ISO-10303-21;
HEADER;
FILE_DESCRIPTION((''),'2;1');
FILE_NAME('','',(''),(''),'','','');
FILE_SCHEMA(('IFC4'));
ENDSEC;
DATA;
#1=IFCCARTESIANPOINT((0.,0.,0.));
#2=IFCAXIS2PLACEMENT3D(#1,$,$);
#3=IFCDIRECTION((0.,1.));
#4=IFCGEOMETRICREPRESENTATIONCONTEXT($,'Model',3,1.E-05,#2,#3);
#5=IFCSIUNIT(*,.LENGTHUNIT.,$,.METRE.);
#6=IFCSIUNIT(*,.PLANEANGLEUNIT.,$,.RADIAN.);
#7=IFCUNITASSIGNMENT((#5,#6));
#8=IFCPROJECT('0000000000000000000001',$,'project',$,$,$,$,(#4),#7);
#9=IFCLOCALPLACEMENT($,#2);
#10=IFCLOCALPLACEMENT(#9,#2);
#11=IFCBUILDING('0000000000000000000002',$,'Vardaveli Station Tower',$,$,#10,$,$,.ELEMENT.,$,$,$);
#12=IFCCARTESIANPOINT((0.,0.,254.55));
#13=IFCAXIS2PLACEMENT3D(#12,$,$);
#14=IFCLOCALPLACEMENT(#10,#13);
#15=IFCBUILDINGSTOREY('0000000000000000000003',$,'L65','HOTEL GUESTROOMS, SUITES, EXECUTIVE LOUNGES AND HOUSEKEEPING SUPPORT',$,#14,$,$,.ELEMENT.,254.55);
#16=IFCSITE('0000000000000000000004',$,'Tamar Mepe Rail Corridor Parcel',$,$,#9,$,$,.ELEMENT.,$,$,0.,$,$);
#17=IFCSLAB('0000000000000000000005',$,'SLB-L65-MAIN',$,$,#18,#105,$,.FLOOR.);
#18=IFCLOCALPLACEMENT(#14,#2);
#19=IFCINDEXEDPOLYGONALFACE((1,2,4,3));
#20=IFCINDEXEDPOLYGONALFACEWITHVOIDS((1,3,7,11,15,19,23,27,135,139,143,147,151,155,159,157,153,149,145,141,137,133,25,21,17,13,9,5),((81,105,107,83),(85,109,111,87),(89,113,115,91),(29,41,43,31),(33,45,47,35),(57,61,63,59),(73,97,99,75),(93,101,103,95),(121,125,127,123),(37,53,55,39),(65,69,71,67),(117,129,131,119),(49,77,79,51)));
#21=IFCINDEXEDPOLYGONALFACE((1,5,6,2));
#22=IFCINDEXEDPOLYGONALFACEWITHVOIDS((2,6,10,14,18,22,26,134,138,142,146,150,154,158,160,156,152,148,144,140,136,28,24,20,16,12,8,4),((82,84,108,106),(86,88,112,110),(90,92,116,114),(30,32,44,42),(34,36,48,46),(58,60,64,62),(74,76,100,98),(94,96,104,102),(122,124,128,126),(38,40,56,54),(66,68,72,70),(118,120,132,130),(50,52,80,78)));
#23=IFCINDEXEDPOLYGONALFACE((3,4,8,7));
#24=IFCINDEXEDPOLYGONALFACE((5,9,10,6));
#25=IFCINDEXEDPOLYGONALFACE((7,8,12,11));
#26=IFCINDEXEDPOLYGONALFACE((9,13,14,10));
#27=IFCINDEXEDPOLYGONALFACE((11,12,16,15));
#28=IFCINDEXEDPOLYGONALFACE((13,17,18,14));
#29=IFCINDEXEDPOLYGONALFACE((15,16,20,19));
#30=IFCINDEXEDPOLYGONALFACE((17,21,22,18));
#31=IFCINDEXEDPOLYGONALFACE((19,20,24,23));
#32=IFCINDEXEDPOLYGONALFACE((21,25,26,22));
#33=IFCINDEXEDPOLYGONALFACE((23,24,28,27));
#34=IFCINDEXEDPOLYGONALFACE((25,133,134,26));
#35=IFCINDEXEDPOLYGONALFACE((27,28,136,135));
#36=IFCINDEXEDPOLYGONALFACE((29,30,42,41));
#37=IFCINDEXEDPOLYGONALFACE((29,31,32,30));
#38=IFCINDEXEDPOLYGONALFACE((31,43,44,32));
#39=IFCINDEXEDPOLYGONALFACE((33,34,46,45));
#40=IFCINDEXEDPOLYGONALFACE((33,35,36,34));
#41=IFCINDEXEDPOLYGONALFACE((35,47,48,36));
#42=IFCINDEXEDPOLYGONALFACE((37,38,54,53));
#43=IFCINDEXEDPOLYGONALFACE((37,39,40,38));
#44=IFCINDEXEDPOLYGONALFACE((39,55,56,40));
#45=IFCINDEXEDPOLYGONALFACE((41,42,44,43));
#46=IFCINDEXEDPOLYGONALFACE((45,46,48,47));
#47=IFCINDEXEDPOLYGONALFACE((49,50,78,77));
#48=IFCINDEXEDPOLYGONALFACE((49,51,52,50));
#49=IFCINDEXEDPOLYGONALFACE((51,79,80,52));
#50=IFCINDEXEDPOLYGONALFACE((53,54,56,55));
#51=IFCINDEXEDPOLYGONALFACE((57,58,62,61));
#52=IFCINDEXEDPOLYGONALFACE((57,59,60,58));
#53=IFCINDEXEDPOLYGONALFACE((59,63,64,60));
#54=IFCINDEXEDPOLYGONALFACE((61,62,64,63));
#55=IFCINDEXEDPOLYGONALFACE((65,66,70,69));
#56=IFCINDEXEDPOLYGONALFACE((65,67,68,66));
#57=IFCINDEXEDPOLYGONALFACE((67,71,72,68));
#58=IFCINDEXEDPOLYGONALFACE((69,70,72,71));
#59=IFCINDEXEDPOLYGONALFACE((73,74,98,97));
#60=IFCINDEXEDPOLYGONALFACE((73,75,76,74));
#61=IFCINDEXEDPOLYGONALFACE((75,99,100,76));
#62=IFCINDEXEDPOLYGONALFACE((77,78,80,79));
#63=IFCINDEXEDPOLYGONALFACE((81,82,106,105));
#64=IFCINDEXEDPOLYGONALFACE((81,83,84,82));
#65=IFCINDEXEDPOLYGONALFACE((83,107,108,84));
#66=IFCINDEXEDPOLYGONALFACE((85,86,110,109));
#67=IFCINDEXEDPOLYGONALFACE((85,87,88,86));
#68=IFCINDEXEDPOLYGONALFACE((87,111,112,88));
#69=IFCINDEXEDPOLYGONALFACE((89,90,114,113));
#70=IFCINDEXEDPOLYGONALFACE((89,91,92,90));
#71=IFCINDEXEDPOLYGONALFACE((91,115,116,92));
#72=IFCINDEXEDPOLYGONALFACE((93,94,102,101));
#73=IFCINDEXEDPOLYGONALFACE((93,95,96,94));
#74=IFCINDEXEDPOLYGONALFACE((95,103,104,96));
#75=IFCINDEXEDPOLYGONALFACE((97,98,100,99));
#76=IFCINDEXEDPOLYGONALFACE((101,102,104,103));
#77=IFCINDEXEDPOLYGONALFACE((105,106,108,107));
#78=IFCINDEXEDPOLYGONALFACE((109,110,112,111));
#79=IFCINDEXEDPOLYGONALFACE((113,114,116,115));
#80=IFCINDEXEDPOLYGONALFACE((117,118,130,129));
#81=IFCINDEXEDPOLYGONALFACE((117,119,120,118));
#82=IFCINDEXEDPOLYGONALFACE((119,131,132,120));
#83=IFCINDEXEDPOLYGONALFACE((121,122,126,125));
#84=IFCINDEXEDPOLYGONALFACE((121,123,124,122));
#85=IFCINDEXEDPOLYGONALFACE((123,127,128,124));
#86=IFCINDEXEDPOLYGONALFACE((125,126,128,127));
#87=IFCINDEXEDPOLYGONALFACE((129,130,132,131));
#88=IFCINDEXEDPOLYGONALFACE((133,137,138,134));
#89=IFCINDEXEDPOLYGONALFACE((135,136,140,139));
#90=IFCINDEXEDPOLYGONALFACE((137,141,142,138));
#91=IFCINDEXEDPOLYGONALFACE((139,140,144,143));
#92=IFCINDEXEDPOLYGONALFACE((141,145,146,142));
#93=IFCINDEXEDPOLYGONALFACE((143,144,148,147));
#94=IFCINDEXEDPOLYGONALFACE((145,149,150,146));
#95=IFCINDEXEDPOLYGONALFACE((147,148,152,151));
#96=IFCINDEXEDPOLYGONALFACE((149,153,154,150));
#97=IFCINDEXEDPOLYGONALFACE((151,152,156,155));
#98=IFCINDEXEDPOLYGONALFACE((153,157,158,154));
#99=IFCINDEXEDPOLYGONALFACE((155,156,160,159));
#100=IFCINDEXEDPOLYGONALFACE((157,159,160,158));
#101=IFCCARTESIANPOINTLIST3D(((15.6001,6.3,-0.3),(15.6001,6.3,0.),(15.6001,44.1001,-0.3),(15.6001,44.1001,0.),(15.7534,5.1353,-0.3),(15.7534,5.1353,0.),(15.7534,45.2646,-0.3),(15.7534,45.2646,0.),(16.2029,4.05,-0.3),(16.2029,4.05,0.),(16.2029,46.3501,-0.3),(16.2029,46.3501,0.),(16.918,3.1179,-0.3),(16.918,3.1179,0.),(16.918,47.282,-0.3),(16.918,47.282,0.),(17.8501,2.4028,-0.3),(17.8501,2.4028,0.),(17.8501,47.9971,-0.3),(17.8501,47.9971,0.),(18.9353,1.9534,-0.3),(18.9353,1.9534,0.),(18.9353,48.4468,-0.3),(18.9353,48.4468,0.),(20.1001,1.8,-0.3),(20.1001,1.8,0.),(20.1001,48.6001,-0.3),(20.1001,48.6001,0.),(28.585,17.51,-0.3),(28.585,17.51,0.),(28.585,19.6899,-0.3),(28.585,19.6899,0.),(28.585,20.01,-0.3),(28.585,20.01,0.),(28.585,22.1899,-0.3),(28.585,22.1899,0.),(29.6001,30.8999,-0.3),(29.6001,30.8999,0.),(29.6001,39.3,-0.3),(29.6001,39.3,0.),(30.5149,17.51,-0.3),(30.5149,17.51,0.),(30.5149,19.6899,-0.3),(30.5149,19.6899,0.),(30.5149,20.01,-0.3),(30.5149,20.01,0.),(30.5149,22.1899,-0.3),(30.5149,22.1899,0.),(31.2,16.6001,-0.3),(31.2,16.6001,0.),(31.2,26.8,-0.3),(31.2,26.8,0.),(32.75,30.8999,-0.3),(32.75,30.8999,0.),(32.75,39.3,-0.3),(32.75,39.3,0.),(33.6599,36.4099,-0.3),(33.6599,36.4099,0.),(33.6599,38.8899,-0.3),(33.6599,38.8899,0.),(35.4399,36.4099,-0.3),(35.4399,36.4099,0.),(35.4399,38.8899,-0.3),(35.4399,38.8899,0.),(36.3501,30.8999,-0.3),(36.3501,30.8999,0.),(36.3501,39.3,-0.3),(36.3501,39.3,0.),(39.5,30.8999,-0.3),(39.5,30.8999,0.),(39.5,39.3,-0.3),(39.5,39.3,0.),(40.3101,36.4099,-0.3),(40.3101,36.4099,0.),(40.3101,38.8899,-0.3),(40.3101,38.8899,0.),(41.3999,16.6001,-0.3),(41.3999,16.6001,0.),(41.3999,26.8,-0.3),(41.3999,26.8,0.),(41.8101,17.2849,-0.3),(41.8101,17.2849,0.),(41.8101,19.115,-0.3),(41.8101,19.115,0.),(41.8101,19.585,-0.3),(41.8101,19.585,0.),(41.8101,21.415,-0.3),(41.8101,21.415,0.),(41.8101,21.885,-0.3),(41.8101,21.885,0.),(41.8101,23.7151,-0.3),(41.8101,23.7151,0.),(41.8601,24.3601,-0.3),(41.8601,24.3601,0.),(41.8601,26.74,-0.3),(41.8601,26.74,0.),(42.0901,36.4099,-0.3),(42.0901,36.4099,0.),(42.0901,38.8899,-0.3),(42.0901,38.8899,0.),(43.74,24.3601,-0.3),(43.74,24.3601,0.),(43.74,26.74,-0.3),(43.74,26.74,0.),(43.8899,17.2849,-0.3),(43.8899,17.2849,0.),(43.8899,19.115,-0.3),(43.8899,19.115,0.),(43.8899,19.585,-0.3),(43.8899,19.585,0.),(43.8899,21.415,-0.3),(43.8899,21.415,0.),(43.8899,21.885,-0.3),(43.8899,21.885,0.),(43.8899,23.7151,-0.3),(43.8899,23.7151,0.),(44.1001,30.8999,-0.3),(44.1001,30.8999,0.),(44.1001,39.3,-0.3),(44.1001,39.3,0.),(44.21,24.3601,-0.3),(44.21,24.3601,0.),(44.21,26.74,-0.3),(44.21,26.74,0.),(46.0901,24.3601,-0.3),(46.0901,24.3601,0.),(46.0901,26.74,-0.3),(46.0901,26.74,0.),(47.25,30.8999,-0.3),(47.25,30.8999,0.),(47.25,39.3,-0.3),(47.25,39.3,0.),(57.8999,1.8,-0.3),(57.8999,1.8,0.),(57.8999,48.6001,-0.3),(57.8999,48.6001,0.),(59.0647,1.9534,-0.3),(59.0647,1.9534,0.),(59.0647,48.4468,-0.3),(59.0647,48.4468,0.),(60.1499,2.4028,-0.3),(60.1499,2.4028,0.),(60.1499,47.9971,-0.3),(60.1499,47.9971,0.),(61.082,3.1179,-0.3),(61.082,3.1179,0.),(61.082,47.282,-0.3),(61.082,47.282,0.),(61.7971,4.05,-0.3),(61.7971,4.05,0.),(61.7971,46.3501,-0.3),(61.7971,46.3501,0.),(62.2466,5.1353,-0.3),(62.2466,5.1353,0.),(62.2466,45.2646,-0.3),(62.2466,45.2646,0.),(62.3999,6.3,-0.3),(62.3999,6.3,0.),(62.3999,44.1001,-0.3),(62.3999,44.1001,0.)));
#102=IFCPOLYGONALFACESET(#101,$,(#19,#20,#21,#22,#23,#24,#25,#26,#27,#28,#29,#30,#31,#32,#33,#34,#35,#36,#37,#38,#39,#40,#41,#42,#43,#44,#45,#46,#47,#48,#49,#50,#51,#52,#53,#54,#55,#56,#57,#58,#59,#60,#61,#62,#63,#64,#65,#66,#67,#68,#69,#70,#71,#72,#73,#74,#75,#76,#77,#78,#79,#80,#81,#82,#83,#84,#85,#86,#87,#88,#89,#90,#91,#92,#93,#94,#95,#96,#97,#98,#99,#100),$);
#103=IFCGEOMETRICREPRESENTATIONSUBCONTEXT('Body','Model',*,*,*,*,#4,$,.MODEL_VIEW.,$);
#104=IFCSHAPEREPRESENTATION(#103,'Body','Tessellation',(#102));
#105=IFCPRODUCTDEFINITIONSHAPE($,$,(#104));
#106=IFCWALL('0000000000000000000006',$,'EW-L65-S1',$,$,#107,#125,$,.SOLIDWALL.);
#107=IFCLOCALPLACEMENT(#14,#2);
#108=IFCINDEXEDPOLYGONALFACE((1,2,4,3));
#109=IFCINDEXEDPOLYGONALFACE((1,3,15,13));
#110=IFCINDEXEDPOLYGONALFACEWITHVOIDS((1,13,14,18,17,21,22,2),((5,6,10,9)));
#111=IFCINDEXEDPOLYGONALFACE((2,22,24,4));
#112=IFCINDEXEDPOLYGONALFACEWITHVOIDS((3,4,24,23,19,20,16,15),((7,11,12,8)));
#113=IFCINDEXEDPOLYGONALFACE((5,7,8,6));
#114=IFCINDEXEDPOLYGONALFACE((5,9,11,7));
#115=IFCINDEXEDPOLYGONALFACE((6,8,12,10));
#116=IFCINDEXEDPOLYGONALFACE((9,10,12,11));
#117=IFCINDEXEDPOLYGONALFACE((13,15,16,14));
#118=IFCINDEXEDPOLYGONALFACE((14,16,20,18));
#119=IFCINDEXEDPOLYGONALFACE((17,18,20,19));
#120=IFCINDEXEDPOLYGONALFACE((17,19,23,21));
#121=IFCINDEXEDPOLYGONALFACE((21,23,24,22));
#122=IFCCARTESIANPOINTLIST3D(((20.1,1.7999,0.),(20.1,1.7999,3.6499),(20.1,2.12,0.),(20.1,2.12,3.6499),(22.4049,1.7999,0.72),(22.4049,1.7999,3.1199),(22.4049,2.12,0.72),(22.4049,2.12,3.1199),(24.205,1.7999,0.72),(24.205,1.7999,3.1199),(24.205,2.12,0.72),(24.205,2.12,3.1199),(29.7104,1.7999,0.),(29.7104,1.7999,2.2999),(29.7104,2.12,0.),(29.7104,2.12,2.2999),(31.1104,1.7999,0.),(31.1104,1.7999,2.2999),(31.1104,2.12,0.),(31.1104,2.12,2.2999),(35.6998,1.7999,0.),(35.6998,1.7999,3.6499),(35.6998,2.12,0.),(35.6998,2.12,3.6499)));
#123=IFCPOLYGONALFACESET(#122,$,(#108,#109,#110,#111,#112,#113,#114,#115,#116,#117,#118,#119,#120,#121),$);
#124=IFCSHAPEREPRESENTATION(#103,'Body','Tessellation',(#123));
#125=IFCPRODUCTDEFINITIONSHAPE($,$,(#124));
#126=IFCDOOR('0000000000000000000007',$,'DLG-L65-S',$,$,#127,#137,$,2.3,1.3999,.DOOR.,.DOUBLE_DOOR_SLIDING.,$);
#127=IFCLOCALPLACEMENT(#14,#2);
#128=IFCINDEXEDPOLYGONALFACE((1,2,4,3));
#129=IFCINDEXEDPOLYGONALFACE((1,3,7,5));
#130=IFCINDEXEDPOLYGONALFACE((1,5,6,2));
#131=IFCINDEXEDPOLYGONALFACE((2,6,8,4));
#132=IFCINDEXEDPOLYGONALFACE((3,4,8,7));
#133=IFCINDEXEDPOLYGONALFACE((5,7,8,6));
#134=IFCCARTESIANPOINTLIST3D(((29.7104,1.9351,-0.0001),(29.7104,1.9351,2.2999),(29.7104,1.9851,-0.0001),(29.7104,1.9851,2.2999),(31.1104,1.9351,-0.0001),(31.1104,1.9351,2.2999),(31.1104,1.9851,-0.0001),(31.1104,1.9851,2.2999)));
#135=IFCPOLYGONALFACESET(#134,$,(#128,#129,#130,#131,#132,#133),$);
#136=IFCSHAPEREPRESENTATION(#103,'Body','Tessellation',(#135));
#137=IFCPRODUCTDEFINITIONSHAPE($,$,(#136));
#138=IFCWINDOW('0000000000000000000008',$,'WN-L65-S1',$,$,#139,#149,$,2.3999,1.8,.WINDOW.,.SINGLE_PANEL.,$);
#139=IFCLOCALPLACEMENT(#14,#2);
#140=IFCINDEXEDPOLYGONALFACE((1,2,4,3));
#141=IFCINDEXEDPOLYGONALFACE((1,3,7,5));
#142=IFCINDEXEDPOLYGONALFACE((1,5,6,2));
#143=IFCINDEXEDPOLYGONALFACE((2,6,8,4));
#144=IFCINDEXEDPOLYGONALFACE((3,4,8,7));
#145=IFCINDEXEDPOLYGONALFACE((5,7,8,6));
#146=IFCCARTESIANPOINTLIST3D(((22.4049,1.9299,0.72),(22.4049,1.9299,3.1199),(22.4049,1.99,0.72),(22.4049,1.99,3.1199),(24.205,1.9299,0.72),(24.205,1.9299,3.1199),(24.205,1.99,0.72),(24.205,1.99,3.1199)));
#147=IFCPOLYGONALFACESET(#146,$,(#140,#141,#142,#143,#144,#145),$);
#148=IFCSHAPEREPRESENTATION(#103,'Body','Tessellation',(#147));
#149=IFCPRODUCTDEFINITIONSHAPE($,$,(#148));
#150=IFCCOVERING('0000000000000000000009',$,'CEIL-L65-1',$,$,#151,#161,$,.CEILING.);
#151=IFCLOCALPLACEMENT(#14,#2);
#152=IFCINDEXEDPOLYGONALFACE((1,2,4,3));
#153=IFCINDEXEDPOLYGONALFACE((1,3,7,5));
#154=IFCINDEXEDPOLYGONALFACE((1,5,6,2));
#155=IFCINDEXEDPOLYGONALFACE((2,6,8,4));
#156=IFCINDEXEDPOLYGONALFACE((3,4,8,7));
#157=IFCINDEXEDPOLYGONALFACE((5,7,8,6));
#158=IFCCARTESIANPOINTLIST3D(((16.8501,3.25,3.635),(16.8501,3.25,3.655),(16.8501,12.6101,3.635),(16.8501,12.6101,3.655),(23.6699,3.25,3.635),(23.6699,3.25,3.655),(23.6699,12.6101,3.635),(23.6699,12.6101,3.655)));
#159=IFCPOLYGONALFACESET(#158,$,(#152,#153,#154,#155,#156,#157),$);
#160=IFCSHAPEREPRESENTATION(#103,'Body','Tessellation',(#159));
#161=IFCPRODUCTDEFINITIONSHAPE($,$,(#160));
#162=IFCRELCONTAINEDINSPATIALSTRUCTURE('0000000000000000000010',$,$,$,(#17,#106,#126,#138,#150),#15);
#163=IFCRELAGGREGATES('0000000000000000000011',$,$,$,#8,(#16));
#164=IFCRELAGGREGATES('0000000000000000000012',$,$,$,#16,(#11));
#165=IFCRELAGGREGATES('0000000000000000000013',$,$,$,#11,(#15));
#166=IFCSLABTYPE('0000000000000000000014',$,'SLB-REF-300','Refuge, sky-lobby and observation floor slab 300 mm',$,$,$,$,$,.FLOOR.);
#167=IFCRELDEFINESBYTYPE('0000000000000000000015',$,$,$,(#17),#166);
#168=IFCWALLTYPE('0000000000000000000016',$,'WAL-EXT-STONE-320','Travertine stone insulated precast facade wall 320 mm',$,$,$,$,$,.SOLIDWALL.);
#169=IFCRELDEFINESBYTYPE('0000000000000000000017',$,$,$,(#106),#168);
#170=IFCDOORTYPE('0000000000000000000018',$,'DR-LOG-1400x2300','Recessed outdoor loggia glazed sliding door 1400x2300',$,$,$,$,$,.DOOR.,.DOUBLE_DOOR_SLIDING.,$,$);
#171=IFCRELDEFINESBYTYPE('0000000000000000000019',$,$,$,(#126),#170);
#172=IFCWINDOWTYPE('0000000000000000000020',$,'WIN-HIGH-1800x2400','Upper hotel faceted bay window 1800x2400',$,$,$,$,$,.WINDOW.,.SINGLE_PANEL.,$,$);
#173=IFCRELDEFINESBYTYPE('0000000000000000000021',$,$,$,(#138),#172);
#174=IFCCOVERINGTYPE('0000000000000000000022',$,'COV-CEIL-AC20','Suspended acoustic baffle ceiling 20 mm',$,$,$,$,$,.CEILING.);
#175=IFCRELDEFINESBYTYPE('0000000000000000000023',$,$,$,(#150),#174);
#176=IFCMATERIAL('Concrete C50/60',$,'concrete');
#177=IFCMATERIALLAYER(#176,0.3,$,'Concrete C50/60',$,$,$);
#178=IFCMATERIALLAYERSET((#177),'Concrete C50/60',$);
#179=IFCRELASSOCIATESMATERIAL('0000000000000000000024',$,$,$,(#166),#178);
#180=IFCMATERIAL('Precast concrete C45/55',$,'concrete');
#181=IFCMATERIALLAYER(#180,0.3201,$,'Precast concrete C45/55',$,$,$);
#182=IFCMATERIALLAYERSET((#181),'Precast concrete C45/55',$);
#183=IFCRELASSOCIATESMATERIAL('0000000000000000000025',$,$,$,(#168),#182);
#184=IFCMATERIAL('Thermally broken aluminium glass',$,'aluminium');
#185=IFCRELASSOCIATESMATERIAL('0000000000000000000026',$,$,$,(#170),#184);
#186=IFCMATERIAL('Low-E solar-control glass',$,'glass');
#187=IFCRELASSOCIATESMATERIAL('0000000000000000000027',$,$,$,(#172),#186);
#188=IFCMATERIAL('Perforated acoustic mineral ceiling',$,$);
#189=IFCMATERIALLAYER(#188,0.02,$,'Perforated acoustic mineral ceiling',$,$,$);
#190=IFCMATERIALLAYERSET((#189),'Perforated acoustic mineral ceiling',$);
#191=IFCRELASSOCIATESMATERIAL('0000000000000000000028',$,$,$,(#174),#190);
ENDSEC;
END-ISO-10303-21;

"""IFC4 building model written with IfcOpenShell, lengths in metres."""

from ifc_helpers import new_model, si_unit, direction, frame, frame_2d, origin, place, context, subcontext, project, spatial, polyline, rectangle, outline, extrude, source, transform, mapped, material, layer, layer_set, type_object, element, fill, save


model = new_model("IFC4")

# Units and contexts
model_context = context("Model", 3, precision=1e-05, world=origin(), true_north=direction((0.0, 1.0)))
body_context = subcontext(model_context, "Body", "Model", "MODEL_VIEW")
ifc_project = project(units=[si_unit("LENGTHUNIT", "METRE"), si_unit("PLANEANGLEUNIT", "RADIAN")], contexts=[model_context])

# Site, building, storey
site_placement = place(None, origin())
site = spatial("IfcSite", under=ifc_project, at=site_placement, Name="Tamar Mepe Rail Corridor Parcel", CompositionType="ELEMENT", RefElevation=0.0)
building_placement = place(site_placement, origin())
building = spatial("IfcBuilding", under=site, at=building_placement, Name="Vardaveli Station Tower", CompositionType="ELEMENT")
storey_placement = place(building_placement, frame((0.0, 0.0, 254.55)))
storey = spatial("IfcBuildingStorey", under=building, at=storey_placement, Name="L65", Description="HOTEL GUESTROOMS, SUITES, EXECUTIVE LOUNGES AND HOUSEKEEPING SUPPORT", CompositionType="ELEMENT", Elevation=254.55)

# Slab
ifc_material_1 = material(Name="Precast concrete C45/55", Category="concrete")
ifc_material_2 = material(Name="Concrete C50/60", Category="concrete")
ifc_layer_1 = layer(ifc_material_2, 0.3, Name="Concrete C50/60")
ifc_layer_set_1 = layer_set([ifc_layer_1], Name="Concrete C50/60")
slab_type_1 = type_object("IfcSlabType", Name="SLB-REF-300", Description="Refuge, sky-lobby and observation floor slab 300 mm", PredefinedType="FLOOR", material=ifc_layer_set_1)
slab_1_placement = place(storey_placement, frame((0.0, 0.0, -0.3)))
element("IfcSlab", 1, at=slab_1_placement, inside=storey, type_object=slab_type_1, Name="SLB-L65-MAIN", PredefinedType="FLOOR", context=body_context, shape_type="SweptSolid", body=[
    extrude(outline(polyline([(15.6001, 6.3), (15.7534, 5.1353), (16.2029, 4.05), (16.918, 3.1179), (17.8501, 2.4028), (18.9353, 1.9534), (20.1001, 1.8), (57.8999, 1.8), (59.0647, 1.9534), (60.1499, 2.4028), (61.082, 3.1179), (61.7971, 4.05), (62.2466, 5.1353), (62.3999, 6.3), (62.3999, 44.1001), (62.2466, 45.2646), (61.7971, 46.3501), (61.082, 47.282), (60.1499, 47.9971), (59.0647, 48.4468), (57.8999, 48.6001), (20.1001, 48.6001), (18.9353, 48.4468), (17.8501, 47.9971), (16.918, 47.282), (16.2029, 46.3501), (15.7534, 45.2646), (15.6001, 44.1001), (15.6001, 6.3)]), holes=[polyline([(31.2, 16.6001), (41.3999, 16.6001), (41.3999, 26.8), (31.2, 26.8), (31.2, 16.6001)]), polyline([(32.75, 30.8999), (32.75, 39.3), (29.6001, 39.3), (29.6001, 30.8999), (32.75, 30.8999)]), polyline([(39.5, 30.8999), (39.5, 39.3), (36.3501, 39.3), (36.3501, 30.8999), (39.5, 30.8999)]), polyline([(47.25, 30.8999), (47.25, 39.3), (44.1001, 39.3), (44.1001, 30.8999), (47.25, 30.8999)]), polyline([(33.6599, 36.4099), (35.4399, 36.4099), (35.4399, 38.8899), (33.6599, 38.8899), (33.6599, 36.4099)]), polyline([(40.3101, 36.4099), (42.0901, 36.4099), (42.0901, 38.8899), (40.3101, 38.8899), (40.3101, 36.4099)]), polyline([(41.8101, 21.885), (43.8899, 21.885), (43.8899, 23.7151), (41.8101, 23.7151), (41.8101, 21.885)]), polyline([(41.8101, 19.585), (43.8899, 19.585), (43.8899, 21.415), (41.8101, 21.415), (41.8101, 19.585)]), polyline([(41.8101, 17.2849), (43.8899, 17.2849), (43.8899, 19.115), (41.8101, 19.115), (41.8101, 17.2849)]), polyline([(28.585, 17.51), (30.5149, 17.51), (30.5149, 19.6899), (28.585, 19.6899), (28.585, 17.51)]), polyline([(28.585, 20.01), (30.5149, 20.01), (30.5149, 22.1899), (28.585, 22.1899), (28.585, 20.01)]), polyline([(41.8601, 24.3601), (43.74, 24.3601), (43.74, 26.74), (41.8601, 26.74), (41.8601, 24.3601)]), polyline([(44.21, 24.3601), (46.0901, 24.3601), (46.0901, 26.74), (44.21, 26.74), (44.21, 24.3601)])]), origin(), (0.0, 0.0, 1.0), 0.3),
])

# Wall, openings, door, window
ifc_layer_2 = layer(ifc_material_1, 0.3201, Name="Precast concrete C45/55")
ifc_layer_set_2 = layer_set([ifc_layer_2], Name="Precast concrete C45/55")
wall_type = type_object("IfcWallType", Name="WAL-EXT-STONE-320", Description="Travertine stone insulated precast facade wall 320 mm", PredefinedType="SOLIDWALL", material=ifc_layer_set_2)
shared_shape_1 = source(origin(), body_context, "Body", "SweptSolid", [
    extrude(rectangle(XDim=15.5999, YDim=0.3201, at=frame_2d((7.7998, 0.0))), origin(), (0.0, 0.0, 1.0), 3.6499),
])
wall_placement = place(storey_placement, frame((20.1001, 1.96, 0.0), z_axis=(0.0, 0.0, 1.0), x_axis=(1.0, 0.0, 0.0)))
wall = element("IfcWall", 2, at=wall_placement, inside=storey, type_object=wall_type, Name="EW-L65-S1", PredefinedType="SOLIDWALL", context=body_context, shape_type="MappedRepresentation", body=[
    mapped(shared_shape_1, transform((0.0, 0.0, 0.0), scale=1.0)),
])
shared_shape_2 = source(origin(), body_context, "Body", "SweptSolid", [
    extrude(rectangle(XDim=1.3999, YDim=2.3, at=frame_2d((0.7, 1.1499))), frame((0.0, 0.1699, 0.0), z_axis=(0.0, -1.0, 0.0), x_axis=(1.0, 0.0, 0.0)), (0.0, 0.0, 1.0), 0.3401),
])
opening_1_placement = place(wall_placement, frame((9.6104, 0.0, 0.0)))
opening_1 = element("IfcOpeningElement", 3, at=opening_1_placement, cuts=wall, PredefinedType="OPENING", context=body_context, shape_type="MappedRepresentation", body=[
    mapped(shared_shape_2, transform((0.0, 0.0, 0.0), scale=1.0)),
])
shared_shape_3 = source(origin(), body_context, "Body", "SweptSolid", [
    extrude(rectangle(XDim=1.8, YDim=2.3999, at=frame_2d((0.8999, 1.2))), frame((0.0, 0.1699, 0.0), z_axis=(0.0, -1.0, 0.0), x_axis=(1.0, 0.0, 0.0)), (0.0, 0.0, 1.0), 0.3401),
])
opening_2_placement = place(wall_placement, frame((2.3049, 0.0, 0.72)))
opening_2 = element("IfcOpeningElement", 4, at=opening_2_placement, cuts=wall, PredefinedType="OPENING", context=body_context, shape_type="MappedRepresentation", body=[
    mapped(shared_shape_3, transform((0.0, 0.0, 0.0), scale=1.0)),
])
ifc_material_3 = material(Name="Thermally broken aluminium glass", Category="aluminium")
door_type = type_object("IfcDoorType", Name="DR-LOG-1400x2300", Description="Recessed outdoor loggia glazed sliding door 1400x2300", OperationType="DOUBLE_DOOR_SLIDING", PredefinedType="DOOR", material=ifc_material_3)
shared_shape_4 = source(origin(), body_context, "Body", "SweptSolid", [
    extrude(rectangle(XDim=1.3999, YDim=2.3, at=frame_2d((0.7, 1.1499))), frame((0.0, 0.0249, 0.0), z_axis=(0.0, -1.0, 0.0), x_axis=(1.0, 0.0, 0.0)), (0.0, 0.0, 1.0), 0.05),
])
door_placement = place(opening_1_placement, frame((1.3999, 0.0, 0.0), z_axis=(0.0, 0.0, 1.0), x_axis=(-1.0, 0.0, 0.0)))
door = element("IfcDoor", 5, at=door_placement, inside=storey, type_object=door_type, Name="DLG-L65-S", OperationType="DOUBLE_DOOR_SLIDING", OverallHeight=2.3, OverallWidth=1.3999, PredefinedType="DOOR", context=body_context, shape_type="MappedRepresentation", body=[
    mapped(shared_shape_4, transform((0.0, 0.0, 0.0), scale=1.0)),
])
fill(opening_1, door)
ifc_material_4 = material(Name="Low-E solar-control glass", Category="glass")
window_type = type_object("IfcWindowType", Name="WIN-HIGH-1800x2400", Description="Upper hotel faceted bay window 1800x2400", PartitioningType="SINGLE_PANEL", PredefinedType="WINDOW", material=ifc_material_4)
shared_shape_5 = source(origin(), body_context, "Body", "SweptSolid", [
    extrude(rectangle(XDim=1.8, YDim=2.3999, at=frame_2d((0.8999, 1.2))), frame((0.0, 0.03, 0.0), z_axis=(0.0, -1.0, 0.0), x_axis=(1.0, 0.0, 0.0)), (0.0, 0.0, 1.0), 0.0601),
])
window_placement = place(opening_2_placement, origin())
window = element("IfcWindow", 6, at=window_placement, inside=storey, type_object=window_type, Name="WN-L65-S1", OverallHeight=2.3999, OverallWidth=1.8, PartitioningType="SINGLE_PANEL", PredefinedType="WINDOW", context=body_context, shape_type="MappedRepresentation", body=[
    mapped(shared_shape_5, transform((0.0, 0.0, 0.0), scale=1.0)),
])
fill(opening_2, window)

# Covering
ifc_material_5 = material(Name="Perforated acoustic mineral ceiling")
ifc_layer_3 = layer(ifc_material_5, 0.02, Name="Perforated acoustic mineral ceiling")
ifc_layer_set_3 = layer_set([ifc_layer_3], Name="Perforated acoustic mineral ceiling")
covering_type_1 = type_object("IfcCoveringType", Name="COV-CEIL-AC20", Description="Suspended acoustic baffle ceiling 20 mm", PredefinedType="CEILING", material=ifc_layer_set_3)
covering_1_placement = place(storey_placement, frame((0.0, 0.0, 3.635)))
element("IfcCovering", 7, at=covering_1_placement, inside=storey, type_object=covering_type_1, Name="CEIL-L65-1", PredefinedType="CEILING", context=body_context, shape_type="SweptSolid", body=[
    extrude(outline(polyline([(16.8501, 3.25), (23.6699, 3.25), (23.6699, 12.6101), (16.8501, 12.6101), (16.8501, 3.25)])), origin(), (0.0, 0.0, 1.0), 0.02),
])

save(model, "model.ifc")
